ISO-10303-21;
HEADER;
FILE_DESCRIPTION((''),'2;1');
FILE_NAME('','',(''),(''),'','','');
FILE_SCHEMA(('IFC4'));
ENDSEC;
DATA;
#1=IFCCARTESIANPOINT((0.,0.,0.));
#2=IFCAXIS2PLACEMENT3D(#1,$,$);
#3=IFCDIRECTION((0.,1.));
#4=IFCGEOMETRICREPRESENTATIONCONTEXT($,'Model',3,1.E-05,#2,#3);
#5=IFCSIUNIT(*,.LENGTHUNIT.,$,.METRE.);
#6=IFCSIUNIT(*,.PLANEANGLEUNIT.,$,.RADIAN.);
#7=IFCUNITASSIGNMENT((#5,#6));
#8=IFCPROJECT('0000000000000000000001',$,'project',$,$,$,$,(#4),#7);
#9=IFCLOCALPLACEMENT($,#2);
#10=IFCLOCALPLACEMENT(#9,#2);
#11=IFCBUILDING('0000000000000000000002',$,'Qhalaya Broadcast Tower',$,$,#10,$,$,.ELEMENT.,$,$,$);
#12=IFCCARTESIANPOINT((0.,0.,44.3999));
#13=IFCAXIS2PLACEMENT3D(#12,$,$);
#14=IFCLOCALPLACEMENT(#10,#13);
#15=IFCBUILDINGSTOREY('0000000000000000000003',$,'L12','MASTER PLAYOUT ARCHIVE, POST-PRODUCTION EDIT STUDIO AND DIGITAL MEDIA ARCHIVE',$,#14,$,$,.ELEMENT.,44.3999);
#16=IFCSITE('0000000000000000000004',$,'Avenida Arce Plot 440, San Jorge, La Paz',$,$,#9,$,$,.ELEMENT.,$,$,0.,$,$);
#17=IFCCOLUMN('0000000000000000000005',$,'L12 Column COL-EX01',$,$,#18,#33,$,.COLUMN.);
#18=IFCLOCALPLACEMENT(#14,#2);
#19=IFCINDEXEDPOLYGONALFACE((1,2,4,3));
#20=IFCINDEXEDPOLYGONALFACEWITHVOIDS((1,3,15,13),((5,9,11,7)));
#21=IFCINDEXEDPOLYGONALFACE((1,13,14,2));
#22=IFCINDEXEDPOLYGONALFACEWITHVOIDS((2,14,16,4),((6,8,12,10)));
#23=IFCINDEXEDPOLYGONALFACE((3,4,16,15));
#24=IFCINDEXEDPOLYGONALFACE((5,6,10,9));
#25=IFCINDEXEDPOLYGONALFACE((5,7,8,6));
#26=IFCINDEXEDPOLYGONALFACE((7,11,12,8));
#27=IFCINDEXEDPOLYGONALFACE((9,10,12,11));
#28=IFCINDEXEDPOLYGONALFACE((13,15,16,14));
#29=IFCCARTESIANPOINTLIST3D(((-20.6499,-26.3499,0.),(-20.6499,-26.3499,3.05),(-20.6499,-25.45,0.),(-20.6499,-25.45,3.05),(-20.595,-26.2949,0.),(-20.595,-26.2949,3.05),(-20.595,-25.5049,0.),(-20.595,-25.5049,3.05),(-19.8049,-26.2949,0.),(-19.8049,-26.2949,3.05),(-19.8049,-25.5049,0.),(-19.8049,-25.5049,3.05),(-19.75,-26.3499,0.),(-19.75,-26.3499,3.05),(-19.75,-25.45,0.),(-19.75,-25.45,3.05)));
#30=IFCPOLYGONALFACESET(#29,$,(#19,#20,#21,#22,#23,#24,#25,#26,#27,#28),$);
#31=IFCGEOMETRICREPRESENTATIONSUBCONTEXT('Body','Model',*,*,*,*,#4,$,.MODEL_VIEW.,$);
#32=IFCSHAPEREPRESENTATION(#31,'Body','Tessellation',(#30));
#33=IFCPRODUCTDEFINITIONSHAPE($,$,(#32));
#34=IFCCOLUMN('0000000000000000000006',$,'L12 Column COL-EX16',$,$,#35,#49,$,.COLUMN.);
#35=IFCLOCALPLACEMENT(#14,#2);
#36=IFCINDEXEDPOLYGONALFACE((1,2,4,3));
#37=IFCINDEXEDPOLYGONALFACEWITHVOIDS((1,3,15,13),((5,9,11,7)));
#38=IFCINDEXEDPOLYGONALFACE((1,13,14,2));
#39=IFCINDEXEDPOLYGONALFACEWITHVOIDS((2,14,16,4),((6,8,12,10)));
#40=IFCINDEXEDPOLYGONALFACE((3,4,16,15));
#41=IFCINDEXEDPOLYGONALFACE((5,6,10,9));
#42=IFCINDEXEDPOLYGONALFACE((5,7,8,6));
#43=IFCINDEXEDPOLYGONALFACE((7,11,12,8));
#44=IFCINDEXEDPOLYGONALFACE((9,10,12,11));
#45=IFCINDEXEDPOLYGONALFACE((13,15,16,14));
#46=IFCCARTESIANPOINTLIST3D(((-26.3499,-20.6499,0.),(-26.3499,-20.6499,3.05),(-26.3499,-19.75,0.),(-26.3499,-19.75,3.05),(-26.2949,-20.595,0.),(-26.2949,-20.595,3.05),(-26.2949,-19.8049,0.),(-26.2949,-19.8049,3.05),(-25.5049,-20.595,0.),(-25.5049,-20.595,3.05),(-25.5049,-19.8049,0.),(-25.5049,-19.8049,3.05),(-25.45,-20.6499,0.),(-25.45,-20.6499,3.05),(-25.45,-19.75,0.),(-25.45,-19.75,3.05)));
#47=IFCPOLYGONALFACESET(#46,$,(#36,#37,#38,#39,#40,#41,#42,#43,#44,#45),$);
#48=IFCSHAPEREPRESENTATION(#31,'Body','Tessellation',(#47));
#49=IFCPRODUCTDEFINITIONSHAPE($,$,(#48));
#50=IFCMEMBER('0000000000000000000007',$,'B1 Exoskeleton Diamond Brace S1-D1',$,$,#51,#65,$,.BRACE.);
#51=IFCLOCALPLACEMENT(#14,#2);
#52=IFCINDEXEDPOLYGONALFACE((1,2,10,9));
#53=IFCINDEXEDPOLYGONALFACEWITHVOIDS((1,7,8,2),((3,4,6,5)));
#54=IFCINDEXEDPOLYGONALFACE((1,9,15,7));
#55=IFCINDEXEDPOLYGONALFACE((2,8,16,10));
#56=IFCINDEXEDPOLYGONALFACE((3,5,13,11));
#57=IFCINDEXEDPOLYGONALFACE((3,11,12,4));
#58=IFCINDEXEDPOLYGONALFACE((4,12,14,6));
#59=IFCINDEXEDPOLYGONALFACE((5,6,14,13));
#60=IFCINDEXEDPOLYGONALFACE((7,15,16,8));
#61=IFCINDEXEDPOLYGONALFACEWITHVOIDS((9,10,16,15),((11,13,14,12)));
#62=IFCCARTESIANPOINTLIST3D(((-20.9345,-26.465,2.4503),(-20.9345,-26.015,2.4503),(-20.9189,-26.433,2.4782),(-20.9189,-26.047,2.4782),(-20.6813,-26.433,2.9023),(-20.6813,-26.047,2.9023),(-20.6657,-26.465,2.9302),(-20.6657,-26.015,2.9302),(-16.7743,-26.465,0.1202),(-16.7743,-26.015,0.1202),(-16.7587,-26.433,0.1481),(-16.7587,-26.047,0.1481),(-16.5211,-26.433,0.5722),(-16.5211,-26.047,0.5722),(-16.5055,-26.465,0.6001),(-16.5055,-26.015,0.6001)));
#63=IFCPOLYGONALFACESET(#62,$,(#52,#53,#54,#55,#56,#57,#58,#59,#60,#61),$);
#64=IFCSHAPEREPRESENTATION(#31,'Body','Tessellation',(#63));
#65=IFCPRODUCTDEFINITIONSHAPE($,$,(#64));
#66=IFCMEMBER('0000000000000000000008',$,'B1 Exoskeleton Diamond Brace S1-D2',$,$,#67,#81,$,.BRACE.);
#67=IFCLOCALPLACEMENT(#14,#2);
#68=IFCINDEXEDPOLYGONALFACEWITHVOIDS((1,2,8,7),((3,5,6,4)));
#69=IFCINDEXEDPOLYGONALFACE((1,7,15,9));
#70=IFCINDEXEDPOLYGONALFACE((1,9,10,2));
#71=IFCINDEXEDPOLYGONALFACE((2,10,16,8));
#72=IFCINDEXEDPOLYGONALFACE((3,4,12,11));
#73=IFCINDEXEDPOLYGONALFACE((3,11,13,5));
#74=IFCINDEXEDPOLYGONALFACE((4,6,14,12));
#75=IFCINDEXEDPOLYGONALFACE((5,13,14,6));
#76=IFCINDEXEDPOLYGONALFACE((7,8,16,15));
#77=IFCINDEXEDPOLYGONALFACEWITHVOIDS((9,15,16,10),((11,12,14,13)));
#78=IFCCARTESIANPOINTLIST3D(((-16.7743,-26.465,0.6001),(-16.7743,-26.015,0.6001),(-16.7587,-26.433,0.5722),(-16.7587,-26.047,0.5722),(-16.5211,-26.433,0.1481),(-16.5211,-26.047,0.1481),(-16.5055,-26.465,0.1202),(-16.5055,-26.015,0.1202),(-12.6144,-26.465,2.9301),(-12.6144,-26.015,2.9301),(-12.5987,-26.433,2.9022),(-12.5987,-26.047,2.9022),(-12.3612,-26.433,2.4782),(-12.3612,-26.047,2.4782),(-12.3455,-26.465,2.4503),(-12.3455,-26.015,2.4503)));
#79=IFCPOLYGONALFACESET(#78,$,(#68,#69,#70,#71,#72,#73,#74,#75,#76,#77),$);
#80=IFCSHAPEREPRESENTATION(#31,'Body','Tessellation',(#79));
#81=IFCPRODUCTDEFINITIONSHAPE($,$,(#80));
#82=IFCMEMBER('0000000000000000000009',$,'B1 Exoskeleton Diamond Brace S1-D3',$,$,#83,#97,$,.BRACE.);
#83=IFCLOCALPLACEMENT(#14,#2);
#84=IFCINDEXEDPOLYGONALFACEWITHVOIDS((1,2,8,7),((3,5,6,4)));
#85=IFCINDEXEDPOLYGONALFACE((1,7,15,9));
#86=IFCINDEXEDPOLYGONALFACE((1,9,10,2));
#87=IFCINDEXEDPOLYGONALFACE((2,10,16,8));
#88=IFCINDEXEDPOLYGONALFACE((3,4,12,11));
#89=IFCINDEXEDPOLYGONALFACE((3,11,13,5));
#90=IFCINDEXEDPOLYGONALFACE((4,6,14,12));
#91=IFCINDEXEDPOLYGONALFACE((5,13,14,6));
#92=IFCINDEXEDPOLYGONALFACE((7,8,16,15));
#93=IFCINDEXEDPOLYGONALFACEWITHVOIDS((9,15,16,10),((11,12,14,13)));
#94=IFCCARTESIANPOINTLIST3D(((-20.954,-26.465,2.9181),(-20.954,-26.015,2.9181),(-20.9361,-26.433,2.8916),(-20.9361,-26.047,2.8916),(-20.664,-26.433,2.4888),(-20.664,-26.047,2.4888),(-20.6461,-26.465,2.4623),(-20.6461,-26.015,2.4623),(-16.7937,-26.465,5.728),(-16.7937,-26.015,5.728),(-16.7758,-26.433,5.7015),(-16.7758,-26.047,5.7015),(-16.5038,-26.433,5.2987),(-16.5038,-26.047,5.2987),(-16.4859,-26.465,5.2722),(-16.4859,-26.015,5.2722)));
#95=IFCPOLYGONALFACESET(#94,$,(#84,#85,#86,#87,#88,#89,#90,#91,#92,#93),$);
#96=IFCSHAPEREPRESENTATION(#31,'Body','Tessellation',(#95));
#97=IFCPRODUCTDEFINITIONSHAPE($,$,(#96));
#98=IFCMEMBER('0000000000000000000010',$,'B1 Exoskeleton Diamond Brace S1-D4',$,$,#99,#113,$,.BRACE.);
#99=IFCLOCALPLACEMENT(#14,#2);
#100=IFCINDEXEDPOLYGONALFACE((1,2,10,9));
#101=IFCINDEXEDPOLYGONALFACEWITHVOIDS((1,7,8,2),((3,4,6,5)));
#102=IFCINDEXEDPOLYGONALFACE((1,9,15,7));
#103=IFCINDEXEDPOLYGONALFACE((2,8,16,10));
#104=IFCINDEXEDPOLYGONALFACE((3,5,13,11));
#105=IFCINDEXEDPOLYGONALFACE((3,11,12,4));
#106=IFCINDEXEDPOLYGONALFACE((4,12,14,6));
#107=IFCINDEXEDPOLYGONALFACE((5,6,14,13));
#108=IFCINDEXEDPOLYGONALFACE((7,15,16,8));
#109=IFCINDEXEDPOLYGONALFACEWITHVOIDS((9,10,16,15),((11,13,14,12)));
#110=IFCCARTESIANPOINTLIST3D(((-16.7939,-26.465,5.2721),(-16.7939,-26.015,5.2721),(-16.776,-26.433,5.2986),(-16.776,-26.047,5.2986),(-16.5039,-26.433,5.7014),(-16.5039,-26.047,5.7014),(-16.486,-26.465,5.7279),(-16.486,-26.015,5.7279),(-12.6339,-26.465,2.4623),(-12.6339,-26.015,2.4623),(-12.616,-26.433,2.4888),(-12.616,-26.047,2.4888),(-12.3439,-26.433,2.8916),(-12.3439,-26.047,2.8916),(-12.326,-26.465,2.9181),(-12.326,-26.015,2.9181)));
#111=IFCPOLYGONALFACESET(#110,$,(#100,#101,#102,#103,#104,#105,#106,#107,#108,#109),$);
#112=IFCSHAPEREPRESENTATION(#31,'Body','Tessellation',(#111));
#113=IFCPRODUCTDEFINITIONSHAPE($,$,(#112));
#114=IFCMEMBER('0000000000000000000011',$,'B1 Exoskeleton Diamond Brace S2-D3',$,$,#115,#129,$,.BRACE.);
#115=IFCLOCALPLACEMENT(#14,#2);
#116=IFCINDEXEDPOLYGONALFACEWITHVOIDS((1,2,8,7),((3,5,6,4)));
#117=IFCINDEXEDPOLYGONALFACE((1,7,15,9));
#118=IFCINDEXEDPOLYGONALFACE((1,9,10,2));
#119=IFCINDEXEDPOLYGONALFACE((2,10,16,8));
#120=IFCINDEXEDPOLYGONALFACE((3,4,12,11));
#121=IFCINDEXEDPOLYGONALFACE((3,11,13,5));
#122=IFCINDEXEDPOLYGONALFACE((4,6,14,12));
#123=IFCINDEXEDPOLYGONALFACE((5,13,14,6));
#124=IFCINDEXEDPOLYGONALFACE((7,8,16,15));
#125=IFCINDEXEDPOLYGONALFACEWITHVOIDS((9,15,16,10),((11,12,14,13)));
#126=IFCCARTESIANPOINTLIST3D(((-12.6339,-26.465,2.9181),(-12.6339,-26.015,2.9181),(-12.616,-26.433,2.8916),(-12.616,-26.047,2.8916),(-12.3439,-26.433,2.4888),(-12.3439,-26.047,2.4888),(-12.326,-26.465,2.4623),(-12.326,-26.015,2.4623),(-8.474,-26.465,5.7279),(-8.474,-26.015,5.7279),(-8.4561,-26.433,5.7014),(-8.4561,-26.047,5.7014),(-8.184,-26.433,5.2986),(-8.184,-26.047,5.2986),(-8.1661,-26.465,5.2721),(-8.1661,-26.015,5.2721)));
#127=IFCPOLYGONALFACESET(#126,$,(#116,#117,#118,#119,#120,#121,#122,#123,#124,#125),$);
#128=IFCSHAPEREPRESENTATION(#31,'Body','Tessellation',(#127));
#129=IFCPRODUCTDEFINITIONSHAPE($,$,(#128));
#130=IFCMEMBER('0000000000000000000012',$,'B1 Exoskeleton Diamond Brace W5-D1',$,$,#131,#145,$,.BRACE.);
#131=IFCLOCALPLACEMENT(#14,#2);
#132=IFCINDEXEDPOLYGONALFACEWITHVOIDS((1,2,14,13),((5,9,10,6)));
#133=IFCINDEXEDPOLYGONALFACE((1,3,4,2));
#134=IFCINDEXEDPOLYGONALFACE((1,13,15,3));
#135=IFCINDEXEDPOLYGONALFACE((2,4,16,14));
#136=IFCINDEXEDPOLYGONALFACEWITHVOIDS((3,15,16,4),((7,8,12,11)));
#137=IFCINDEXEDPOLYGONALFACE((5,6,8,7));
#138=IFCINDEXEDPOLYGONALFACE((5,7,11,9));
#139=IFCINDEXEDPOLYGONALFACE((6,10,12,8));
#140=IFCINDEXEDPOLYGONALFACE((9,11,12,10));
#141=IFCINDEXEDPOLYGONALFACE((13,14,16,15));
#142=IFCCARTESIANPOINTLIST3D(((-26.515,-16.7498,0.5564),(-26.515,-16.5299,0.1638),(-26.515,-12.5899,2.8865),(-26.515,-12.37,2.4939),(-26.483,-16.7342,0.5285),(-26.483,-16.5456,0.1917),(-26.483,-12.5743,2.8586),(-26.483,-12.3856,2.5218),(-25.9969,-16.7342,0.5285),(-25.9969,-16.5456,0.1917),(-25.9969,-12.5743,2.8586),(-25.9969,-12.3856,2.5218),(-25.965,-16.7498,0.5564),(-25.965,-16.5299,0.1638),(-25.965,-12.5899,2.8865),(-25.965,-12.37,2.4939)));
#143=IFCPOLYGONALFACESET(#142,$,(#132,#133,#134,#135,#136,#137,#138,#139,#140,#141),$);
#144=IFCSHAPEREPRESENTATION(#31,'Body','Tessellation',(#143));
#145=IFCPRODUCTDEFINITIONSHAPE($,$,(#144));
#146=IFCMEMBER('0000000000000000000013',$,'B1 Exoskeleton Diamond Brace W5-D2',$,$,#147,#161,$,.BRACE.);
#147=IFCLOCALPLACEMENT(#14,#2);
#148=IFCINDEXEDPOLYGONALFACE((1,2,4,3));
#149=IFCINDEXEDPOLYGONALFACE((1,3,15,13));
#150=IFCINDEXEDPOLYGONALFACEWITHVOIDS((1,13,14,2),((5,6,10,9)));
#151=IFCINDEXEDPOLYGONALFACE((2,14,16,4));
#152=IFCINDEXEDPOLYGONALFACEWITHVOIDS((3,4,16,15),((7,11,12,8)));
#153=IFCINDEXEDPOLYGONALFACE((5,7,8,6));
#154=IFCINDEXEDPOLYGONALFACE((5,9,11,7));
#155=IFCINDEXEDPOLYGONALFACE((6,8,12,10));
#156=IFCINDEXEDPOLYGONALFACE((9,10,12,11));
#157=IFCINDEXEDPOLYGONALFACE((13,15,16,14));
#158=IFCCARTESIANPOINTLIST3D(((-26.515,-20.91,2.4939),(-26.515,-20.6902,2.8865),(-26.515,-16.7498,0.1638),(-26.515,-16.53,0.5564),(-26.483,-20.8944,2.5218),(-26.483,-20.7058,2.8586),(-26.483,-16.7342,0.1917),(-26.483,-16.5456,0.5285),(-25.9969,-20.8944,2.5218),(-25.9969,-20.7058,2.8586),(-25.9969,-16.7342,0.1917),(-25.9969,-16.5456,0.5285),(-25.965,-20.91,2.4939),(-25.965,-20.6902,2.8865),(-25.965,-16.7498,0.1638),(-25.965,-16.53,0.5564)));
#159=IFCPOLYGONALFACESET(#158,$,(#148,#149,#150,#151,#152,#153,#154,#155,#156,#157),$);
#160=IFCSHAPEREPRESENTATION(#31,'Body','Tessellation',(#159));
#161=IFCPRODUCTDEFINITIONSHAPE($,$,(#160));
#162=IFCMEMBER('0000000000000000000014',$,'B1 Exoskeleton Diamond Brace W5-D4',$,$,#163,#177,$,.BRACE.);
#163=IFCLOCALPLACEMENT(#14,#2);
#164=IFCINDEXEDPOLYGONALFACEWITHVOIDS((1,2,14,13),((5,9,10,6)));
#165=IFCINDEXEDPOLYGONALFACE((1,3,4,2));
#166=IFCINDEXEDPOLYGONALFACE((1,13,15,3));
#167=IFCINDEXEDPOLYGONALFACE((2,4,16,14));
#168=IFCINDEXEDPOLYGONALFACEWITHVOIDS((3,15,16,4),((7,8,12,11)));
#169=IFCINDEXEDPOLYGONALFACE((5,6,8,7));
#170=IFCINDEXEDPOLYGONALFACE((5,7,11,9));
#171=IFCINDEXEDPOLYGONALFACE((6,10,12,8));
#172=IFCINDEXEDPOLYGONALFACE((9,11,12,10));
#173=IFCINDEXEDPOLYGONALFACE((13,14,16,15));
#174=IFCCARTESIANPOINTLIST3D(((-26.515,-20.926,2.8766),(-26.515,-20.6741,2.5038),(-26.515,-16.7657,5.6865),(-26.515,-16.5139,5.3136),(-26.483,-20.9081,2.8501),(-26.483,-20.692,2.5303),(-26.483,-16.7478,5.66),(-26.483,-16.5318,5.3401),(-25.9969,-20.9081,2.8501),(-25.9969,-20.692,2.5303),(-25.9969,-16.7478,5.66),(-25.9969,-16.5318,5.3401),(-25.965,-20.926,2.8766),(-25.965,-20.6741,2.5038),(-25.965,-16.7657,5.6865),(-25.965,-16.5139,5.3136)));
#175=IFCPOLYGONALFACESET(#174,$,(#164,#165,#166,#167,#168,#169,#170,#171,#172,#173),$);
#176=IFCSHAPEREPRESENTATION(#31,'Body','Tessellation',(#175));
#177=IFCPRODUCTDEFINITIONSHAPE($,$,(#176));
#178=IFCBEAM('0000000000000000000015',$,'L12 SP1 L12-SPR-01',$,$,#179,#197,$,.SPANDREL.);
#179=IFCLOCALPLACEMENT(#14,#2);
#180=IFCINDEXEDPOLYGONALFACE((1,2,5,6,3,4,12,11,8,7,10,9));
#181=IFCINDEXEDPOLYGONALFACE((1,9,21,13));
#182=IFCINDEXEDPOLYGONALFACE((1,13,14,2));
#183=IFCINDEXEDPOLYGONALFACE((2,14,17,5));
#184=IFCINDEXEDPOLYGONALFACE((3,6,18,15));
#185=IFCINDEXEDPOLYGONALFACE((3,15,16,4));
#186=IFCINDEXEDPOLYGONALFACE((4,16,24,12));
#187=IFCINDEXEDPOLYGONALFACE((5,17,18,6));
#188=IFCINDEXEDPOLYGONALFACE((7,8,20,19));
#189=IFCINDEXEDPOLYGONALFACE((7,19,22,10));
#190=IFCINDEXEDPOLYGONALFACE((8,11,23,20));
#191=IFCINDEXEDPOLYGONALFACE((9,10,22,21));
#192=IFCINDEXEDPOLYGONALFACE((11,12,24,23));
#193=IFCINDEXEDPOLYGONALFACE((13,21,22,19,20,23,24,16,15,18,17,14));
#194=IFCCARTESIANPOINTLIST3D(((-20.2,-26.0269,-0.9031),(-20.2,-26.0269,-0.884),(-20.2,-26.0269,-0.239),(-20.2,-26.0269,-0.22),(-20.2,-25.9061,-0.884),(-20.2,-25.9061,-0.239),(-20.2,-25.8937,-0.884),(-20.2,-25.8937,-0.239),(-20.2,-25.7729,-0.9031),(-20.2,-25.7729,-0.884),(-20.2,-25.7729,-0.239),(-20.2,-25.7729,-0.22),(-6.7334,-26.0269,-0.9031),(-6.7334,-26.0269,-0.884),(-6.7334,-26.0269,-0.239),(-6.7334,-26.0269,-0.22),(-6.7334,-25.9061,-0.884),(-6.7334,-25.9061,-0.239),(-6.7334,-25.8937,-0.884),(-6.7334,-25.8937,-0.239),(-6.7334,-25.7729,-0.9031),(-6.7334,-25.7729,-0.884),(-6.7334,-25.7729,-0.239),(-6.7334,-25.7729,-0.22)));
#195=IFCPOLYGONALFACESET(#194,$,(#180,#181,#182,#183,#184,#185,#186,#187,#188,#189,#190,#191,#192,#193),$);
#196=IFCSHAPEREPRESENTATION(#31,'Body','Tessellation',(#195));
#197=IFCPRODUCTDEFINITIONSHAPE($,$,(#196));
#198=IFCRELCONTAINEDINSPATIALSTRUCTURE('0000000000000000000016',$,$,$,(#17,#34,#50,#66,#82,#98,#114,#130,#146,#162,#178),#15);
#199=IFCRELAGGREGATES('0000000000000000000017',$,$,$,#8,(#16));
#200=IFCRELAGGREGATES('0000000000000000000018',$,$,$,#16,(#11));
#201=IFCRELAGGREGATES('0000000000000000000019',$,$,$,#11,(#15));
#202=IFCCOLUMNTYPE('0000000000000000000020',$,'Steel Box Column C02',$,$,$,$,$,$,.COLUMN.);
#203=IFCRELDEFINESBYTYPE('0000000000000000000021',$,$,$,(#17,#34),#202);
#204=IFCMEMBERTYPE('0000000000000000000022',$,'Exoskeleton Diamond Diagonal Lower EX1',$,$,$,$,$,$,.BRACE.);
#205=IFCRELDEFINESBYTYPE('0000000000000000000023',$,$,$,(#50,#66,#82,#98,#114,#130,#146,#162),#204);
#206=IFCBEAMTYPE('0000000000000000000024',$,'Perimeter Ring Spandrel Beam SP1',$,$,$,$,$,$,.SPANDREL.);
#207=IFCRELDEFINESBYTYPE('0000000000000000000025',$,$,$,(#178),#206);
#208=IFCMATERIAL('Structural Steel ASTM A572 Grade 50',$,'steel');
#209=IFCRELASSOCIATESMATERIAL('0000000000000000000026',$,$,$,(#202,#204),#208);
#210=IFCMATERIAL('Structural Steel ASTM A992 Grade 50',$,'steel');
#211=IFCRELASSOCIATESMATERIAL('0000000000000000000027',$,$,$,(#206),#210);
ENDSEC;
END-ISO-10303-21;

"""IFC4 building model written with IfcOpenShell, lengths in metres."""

from ifc_helpers import new_model, si_unit, direction, frame, origin, origin_2d, place, context, subcontext, project, spatial, hollow_rectangle, i_section, extrude, material, material_profile, profile_set, type_object, element, save


model = new_model("IFC4")

# Units and contexts
model_context = context("Model", 3, precision=1e-05, world=origin(), true_north=direction((0.0, 1.0)))
body_context = subcontext(model_context, "Body", "Model", "MODEL_VIEW")
ifc_project = project(units=[si_unit("LENGTHUNIT", "METRE"), si_unit("PLANEANGLEUNIT", "RADIAN")], contexts=[model_context])

# Site, building, storey
site_placement = place(None, origin())
site = spatial("IfcSite", under=ifc_project, at=site_placement, Name="Avenida Arce Plot 440, San Jorge, La Paz", CompositionType="ELEMENT", RefElevation=0.0)
building_placement = place(site_placement, origin())
building = spatial("IfcBuilding", under=site, at=building_placement, Name="Qhalaya Broadcast Tower", CompositionType="ELEMENT")
storey_placement = place(building_placement, frame((0.0, 0.0, 44.3999)))
storey = spatial("IfcBuildingStorey", under=building, at=storey_placement, Name="L12", Description="MASTER PLAYOUT ARCHIVE, POST-PRODUCTION EDIT STUDIO AND DIGITAL MEDIA ARCHIVE", CompositionType="ELEMENT", Elevation=44.3999)

# Columns
ifc_material_1 = material(Name="Structural Steel ASTM A572 Grade 50", Category="steel")
ifc_material_profile_1 = material_profile(ifc_material_1, hollow_rectangle(XDim=0.8999, YDim=0.8999, WallThickness=0.0549, at=origin_2d()), Name="BOX 900x900x55")
ifc_profile_set_1 = profile_set([ifc_material_profile_1], Name="Structural Steel ASTM A572 Grade 50")
column_type = type_object("IfcColumnType", Name="Steel Box Column C02", PredefinedType="COLUMN", material=ifc_profile_set_1)
for number, where, z_axis, x_axis, name in (
    (1, (-20.2, -25.8999, 0.0), (0.0, 0.0, 1.0), (1.0, 0.0, 0.0), "L12 Column COL-EX01"),
    (2, (-25.8999, -20.2, 0.0), (0.0, 0.0, 1.0), (0.0, 1.0, 0.0), "L12 Column COL-EX16"),
):
    element("IfcColumn", number, at=place(storey_placement, frame(where, z_axis=z_axis, x_axis=x_axis)), inside=storey, type_object=column_type, Name=name, PredefinedType="COLUMN", context=body_context, shape_type="SweptSolid", body=[
        extrude(hollow_rectangle(XDim=0.8999, YDim=0.8999, WallThickness=0.0549, at=origin_2d()), origin(), (0.0, 0.0, 1.0), 3.05),
    ])

# Members
ifc_material_profile_2 = material_profile(ifc_material_1, hollow_rectangle(XDim=0.45, YDim=0.55, WallThickness=0.032, at=origin_2d()), Name="BOX 450x550x32")
ifc_profile_set_2 = profile_set([ifc_material_profile_2], Name="Structural Steel ASTM A572 Grade 50")
member_type = type_object("IfcMemberType", Name="Exoskeleton Diamond Diagonal Lower EX1", PredefinedType="BRACE", material=ifc_profile_set_2)
member_1_placement = place(storey_placement, frame((-16.6399, -26.24, 0.3601), z_axis=(-0.872471, 0.0, 0.488666), x_axis=(0.0, -1.0, 0.0)))
element("IfcMember", 3, at=member_1_placement, inside=storey, type_object=member_type, Name="B1 Exoskeleton Diamond Brace S1-D1", PredefinedType="BRACE", context=body_context, shape_type="SweptSolid", body=[
    extrude(hollow_rectangle(XDim=0.45, YDim=0.55, WallThickness=0.032, at=origin_2d()), origin(), (0.0, 0.0, 1.0), 4.7683),
])
member_2_placement = place(storey_placement, frame((-16.6399, -26.24, 0.3601), z_axis=(0.872459, 0.0, 0.488688), x_axis=(0.0, 1.0, 0.0)))
element("IfcMember", 4, at=member_2_placement, inside=storey, type_object=member_type, Name="B1 Exoskeleton Diamond Brace S1-D2", PredefinedType="BRACE", context=body_context, shape_type="SweptSolid", body=[
    extrude(hollow_rectangle(XDim=0.45, YDim=0.55, WallThickness=0.032, at=origin_2d()), origin(), (0.0, 0.0, 1.0), 4.7681),
])
member_3_placement = place(storey_placement, frame((-20.8, -26.24, 2.6902), z_axis=(0.828691, 0.0, 0.559707), x_axis=(0.0, 1.0, 0.0)))
element("IfcMember", 5, at=member_3_placement, inside=storey, type_object=member_type, Name="B1 Exoskeleton Diamond Brace S1-D3", PredefinedType="BRACE", context=body_context, shape_type="SweptSolid", body=[
    extrude(hollow_rectangle(XDim=0.45, YDim=0.55, WallThickness=0.032, at=origin_2d()), origin(), (0.0, 0.0, 1.0), 5.0203),
])
for number, where, z_axis, x_axis, name in (
    (6, (-12.48, -26.24, 2.6902), (-0.828676, 0.0, 0.559729), (0.0, -1.0, 0.0), "B1 Exoskeleton Diamond Brace S1-D4"),
    (7, (-12.48, -26.24, 2.6902), (0.828676, 0.0, 0.559729), (0.0, 1.0, 0.0), "B1 Exoskeleton Diamond Brace S2-D3"),
):
    element("IfcMember", number, at=place(storey_placement, frame(where, z_axis=z_axis, x_axis=x_axis)), inside=storey, type_object=member_type, Name=name, PredefinedType="BRACE", context=body_context, shape_type="SweptSolid", body=[
        extrude(hollow_rectangle(XDim=0.45, YDim=0.55, WallThickness=0.032, at=origin_2d()), origin(), (0.0, 0.0, 1.0), 5.02),
    ])
member_4_placement = place(storey_placement, frame((-26.24, -16.6399, 0.3601), z_axis=(0.0, 0.872459, 0.488688), x_axis=(0.0, -0.488688, 0.872459)))
element("IfcMember", 8, at=member_4_placement, inside=storey, type_object=member_type, Name="B1 Exoskeleton Diamond Brace W5-D1", PredefinedType="BRACE", context=body_context, shape_type="SweptSolid", body=[
    extrude(hollow_rectangle(XDim=0.45, YDim=0.55, WallThickness=0.032, at=origin_2d()), origin(), (0.0, 0.0, 1.0), 4.7681),
])
member_5_placement = place(storey_placement, frame((-26.24, -16.6399, 0.3601), z_axis=(0.0, -0.872471, 0.488666), x_axis=(0.0, 0.488666, 0.872471)))
element("IfcMember", 9, at=member_5_placement, inside=storey, type_object=member_type, Name="B1 Exoskeleton Diamond Brace W5-D2", PredefinedType="BRACE", context=body_context, shape_type="SweptSolid", body=[
    extrude(hollow_rectangle(XDim=0.45, YDim=0.55, WallThickness=0.032, at=origin_2d()), origin(), (0.0, 0.0, 1.0), 4.7683),
])
member_6_placement = place(storey_placement, frame((-26.24, -20.8, 2.6902), z_axis=(0.0, 0.828691, 0.559707), x_axis=(0.0, -0.559707, 0.828691)))
element("IfcMember", 10, at=member_6_placement, inside=storey, type_object=member_type, Name="B1 Exoskeleton Diamond Brace W5-D4", PredefinedType="BRACE", context=body_context, shape_type="SweptSolid", body=[
    extrude(hollow_rectangle(XDim=0.45, YDim=0.55, WallThickness=0.032, at=origin_2d()), origin(), (0.0, 0.0, 1.0), 5.0203),
])

# Beam
ifc_material_2 = material(Name="Structural Steel ASTM A992 Grade 50", Category="steel")
ifc_material_profile_3 = material_profile(ifc_material_2, i_section(OverallWidth=0.2539, OverallDepth=0.6831, WebThickness=0.0125, FlangeThickness=0.019, at=origin_2d()), Name="W27X94")
ifc_profile_set_3 = profile_set([ifc_material_profile_3], Name="Structural Steel ASTM A992 Grade 50")
beam_type = type_object("IfcBeamType", Name="Perimeter Ring Spandrel Beam SP1", PredefinedType="SPANDREL", material=ifc_profile_set_3)
beam_1_placement = place(storey_placement, frame((-20.2, -25.8999, -0.5615), z_axis=(1.0, 0.0, 0.0), x_axis=(0.0, 1.0, 0.0)))
element("IfcBeam", 11, at=beam_1_placement, inside=storey, type_object=beam_type, Name="L12 SP1 L12-SPR-01", PredefinedType="SPANDREL", context=body_context, shape_type="SweptSolid", body=[
    extrude(i_section(OverallWidth=0.2539, OverallDepth=0.6831, WebThickness=0.0125, FlangeThickness=0.019, at=origin_2d()), origin(), (0.0, 0.0, 1.0), 13.4666),
])

save(model, "model.ifc")
